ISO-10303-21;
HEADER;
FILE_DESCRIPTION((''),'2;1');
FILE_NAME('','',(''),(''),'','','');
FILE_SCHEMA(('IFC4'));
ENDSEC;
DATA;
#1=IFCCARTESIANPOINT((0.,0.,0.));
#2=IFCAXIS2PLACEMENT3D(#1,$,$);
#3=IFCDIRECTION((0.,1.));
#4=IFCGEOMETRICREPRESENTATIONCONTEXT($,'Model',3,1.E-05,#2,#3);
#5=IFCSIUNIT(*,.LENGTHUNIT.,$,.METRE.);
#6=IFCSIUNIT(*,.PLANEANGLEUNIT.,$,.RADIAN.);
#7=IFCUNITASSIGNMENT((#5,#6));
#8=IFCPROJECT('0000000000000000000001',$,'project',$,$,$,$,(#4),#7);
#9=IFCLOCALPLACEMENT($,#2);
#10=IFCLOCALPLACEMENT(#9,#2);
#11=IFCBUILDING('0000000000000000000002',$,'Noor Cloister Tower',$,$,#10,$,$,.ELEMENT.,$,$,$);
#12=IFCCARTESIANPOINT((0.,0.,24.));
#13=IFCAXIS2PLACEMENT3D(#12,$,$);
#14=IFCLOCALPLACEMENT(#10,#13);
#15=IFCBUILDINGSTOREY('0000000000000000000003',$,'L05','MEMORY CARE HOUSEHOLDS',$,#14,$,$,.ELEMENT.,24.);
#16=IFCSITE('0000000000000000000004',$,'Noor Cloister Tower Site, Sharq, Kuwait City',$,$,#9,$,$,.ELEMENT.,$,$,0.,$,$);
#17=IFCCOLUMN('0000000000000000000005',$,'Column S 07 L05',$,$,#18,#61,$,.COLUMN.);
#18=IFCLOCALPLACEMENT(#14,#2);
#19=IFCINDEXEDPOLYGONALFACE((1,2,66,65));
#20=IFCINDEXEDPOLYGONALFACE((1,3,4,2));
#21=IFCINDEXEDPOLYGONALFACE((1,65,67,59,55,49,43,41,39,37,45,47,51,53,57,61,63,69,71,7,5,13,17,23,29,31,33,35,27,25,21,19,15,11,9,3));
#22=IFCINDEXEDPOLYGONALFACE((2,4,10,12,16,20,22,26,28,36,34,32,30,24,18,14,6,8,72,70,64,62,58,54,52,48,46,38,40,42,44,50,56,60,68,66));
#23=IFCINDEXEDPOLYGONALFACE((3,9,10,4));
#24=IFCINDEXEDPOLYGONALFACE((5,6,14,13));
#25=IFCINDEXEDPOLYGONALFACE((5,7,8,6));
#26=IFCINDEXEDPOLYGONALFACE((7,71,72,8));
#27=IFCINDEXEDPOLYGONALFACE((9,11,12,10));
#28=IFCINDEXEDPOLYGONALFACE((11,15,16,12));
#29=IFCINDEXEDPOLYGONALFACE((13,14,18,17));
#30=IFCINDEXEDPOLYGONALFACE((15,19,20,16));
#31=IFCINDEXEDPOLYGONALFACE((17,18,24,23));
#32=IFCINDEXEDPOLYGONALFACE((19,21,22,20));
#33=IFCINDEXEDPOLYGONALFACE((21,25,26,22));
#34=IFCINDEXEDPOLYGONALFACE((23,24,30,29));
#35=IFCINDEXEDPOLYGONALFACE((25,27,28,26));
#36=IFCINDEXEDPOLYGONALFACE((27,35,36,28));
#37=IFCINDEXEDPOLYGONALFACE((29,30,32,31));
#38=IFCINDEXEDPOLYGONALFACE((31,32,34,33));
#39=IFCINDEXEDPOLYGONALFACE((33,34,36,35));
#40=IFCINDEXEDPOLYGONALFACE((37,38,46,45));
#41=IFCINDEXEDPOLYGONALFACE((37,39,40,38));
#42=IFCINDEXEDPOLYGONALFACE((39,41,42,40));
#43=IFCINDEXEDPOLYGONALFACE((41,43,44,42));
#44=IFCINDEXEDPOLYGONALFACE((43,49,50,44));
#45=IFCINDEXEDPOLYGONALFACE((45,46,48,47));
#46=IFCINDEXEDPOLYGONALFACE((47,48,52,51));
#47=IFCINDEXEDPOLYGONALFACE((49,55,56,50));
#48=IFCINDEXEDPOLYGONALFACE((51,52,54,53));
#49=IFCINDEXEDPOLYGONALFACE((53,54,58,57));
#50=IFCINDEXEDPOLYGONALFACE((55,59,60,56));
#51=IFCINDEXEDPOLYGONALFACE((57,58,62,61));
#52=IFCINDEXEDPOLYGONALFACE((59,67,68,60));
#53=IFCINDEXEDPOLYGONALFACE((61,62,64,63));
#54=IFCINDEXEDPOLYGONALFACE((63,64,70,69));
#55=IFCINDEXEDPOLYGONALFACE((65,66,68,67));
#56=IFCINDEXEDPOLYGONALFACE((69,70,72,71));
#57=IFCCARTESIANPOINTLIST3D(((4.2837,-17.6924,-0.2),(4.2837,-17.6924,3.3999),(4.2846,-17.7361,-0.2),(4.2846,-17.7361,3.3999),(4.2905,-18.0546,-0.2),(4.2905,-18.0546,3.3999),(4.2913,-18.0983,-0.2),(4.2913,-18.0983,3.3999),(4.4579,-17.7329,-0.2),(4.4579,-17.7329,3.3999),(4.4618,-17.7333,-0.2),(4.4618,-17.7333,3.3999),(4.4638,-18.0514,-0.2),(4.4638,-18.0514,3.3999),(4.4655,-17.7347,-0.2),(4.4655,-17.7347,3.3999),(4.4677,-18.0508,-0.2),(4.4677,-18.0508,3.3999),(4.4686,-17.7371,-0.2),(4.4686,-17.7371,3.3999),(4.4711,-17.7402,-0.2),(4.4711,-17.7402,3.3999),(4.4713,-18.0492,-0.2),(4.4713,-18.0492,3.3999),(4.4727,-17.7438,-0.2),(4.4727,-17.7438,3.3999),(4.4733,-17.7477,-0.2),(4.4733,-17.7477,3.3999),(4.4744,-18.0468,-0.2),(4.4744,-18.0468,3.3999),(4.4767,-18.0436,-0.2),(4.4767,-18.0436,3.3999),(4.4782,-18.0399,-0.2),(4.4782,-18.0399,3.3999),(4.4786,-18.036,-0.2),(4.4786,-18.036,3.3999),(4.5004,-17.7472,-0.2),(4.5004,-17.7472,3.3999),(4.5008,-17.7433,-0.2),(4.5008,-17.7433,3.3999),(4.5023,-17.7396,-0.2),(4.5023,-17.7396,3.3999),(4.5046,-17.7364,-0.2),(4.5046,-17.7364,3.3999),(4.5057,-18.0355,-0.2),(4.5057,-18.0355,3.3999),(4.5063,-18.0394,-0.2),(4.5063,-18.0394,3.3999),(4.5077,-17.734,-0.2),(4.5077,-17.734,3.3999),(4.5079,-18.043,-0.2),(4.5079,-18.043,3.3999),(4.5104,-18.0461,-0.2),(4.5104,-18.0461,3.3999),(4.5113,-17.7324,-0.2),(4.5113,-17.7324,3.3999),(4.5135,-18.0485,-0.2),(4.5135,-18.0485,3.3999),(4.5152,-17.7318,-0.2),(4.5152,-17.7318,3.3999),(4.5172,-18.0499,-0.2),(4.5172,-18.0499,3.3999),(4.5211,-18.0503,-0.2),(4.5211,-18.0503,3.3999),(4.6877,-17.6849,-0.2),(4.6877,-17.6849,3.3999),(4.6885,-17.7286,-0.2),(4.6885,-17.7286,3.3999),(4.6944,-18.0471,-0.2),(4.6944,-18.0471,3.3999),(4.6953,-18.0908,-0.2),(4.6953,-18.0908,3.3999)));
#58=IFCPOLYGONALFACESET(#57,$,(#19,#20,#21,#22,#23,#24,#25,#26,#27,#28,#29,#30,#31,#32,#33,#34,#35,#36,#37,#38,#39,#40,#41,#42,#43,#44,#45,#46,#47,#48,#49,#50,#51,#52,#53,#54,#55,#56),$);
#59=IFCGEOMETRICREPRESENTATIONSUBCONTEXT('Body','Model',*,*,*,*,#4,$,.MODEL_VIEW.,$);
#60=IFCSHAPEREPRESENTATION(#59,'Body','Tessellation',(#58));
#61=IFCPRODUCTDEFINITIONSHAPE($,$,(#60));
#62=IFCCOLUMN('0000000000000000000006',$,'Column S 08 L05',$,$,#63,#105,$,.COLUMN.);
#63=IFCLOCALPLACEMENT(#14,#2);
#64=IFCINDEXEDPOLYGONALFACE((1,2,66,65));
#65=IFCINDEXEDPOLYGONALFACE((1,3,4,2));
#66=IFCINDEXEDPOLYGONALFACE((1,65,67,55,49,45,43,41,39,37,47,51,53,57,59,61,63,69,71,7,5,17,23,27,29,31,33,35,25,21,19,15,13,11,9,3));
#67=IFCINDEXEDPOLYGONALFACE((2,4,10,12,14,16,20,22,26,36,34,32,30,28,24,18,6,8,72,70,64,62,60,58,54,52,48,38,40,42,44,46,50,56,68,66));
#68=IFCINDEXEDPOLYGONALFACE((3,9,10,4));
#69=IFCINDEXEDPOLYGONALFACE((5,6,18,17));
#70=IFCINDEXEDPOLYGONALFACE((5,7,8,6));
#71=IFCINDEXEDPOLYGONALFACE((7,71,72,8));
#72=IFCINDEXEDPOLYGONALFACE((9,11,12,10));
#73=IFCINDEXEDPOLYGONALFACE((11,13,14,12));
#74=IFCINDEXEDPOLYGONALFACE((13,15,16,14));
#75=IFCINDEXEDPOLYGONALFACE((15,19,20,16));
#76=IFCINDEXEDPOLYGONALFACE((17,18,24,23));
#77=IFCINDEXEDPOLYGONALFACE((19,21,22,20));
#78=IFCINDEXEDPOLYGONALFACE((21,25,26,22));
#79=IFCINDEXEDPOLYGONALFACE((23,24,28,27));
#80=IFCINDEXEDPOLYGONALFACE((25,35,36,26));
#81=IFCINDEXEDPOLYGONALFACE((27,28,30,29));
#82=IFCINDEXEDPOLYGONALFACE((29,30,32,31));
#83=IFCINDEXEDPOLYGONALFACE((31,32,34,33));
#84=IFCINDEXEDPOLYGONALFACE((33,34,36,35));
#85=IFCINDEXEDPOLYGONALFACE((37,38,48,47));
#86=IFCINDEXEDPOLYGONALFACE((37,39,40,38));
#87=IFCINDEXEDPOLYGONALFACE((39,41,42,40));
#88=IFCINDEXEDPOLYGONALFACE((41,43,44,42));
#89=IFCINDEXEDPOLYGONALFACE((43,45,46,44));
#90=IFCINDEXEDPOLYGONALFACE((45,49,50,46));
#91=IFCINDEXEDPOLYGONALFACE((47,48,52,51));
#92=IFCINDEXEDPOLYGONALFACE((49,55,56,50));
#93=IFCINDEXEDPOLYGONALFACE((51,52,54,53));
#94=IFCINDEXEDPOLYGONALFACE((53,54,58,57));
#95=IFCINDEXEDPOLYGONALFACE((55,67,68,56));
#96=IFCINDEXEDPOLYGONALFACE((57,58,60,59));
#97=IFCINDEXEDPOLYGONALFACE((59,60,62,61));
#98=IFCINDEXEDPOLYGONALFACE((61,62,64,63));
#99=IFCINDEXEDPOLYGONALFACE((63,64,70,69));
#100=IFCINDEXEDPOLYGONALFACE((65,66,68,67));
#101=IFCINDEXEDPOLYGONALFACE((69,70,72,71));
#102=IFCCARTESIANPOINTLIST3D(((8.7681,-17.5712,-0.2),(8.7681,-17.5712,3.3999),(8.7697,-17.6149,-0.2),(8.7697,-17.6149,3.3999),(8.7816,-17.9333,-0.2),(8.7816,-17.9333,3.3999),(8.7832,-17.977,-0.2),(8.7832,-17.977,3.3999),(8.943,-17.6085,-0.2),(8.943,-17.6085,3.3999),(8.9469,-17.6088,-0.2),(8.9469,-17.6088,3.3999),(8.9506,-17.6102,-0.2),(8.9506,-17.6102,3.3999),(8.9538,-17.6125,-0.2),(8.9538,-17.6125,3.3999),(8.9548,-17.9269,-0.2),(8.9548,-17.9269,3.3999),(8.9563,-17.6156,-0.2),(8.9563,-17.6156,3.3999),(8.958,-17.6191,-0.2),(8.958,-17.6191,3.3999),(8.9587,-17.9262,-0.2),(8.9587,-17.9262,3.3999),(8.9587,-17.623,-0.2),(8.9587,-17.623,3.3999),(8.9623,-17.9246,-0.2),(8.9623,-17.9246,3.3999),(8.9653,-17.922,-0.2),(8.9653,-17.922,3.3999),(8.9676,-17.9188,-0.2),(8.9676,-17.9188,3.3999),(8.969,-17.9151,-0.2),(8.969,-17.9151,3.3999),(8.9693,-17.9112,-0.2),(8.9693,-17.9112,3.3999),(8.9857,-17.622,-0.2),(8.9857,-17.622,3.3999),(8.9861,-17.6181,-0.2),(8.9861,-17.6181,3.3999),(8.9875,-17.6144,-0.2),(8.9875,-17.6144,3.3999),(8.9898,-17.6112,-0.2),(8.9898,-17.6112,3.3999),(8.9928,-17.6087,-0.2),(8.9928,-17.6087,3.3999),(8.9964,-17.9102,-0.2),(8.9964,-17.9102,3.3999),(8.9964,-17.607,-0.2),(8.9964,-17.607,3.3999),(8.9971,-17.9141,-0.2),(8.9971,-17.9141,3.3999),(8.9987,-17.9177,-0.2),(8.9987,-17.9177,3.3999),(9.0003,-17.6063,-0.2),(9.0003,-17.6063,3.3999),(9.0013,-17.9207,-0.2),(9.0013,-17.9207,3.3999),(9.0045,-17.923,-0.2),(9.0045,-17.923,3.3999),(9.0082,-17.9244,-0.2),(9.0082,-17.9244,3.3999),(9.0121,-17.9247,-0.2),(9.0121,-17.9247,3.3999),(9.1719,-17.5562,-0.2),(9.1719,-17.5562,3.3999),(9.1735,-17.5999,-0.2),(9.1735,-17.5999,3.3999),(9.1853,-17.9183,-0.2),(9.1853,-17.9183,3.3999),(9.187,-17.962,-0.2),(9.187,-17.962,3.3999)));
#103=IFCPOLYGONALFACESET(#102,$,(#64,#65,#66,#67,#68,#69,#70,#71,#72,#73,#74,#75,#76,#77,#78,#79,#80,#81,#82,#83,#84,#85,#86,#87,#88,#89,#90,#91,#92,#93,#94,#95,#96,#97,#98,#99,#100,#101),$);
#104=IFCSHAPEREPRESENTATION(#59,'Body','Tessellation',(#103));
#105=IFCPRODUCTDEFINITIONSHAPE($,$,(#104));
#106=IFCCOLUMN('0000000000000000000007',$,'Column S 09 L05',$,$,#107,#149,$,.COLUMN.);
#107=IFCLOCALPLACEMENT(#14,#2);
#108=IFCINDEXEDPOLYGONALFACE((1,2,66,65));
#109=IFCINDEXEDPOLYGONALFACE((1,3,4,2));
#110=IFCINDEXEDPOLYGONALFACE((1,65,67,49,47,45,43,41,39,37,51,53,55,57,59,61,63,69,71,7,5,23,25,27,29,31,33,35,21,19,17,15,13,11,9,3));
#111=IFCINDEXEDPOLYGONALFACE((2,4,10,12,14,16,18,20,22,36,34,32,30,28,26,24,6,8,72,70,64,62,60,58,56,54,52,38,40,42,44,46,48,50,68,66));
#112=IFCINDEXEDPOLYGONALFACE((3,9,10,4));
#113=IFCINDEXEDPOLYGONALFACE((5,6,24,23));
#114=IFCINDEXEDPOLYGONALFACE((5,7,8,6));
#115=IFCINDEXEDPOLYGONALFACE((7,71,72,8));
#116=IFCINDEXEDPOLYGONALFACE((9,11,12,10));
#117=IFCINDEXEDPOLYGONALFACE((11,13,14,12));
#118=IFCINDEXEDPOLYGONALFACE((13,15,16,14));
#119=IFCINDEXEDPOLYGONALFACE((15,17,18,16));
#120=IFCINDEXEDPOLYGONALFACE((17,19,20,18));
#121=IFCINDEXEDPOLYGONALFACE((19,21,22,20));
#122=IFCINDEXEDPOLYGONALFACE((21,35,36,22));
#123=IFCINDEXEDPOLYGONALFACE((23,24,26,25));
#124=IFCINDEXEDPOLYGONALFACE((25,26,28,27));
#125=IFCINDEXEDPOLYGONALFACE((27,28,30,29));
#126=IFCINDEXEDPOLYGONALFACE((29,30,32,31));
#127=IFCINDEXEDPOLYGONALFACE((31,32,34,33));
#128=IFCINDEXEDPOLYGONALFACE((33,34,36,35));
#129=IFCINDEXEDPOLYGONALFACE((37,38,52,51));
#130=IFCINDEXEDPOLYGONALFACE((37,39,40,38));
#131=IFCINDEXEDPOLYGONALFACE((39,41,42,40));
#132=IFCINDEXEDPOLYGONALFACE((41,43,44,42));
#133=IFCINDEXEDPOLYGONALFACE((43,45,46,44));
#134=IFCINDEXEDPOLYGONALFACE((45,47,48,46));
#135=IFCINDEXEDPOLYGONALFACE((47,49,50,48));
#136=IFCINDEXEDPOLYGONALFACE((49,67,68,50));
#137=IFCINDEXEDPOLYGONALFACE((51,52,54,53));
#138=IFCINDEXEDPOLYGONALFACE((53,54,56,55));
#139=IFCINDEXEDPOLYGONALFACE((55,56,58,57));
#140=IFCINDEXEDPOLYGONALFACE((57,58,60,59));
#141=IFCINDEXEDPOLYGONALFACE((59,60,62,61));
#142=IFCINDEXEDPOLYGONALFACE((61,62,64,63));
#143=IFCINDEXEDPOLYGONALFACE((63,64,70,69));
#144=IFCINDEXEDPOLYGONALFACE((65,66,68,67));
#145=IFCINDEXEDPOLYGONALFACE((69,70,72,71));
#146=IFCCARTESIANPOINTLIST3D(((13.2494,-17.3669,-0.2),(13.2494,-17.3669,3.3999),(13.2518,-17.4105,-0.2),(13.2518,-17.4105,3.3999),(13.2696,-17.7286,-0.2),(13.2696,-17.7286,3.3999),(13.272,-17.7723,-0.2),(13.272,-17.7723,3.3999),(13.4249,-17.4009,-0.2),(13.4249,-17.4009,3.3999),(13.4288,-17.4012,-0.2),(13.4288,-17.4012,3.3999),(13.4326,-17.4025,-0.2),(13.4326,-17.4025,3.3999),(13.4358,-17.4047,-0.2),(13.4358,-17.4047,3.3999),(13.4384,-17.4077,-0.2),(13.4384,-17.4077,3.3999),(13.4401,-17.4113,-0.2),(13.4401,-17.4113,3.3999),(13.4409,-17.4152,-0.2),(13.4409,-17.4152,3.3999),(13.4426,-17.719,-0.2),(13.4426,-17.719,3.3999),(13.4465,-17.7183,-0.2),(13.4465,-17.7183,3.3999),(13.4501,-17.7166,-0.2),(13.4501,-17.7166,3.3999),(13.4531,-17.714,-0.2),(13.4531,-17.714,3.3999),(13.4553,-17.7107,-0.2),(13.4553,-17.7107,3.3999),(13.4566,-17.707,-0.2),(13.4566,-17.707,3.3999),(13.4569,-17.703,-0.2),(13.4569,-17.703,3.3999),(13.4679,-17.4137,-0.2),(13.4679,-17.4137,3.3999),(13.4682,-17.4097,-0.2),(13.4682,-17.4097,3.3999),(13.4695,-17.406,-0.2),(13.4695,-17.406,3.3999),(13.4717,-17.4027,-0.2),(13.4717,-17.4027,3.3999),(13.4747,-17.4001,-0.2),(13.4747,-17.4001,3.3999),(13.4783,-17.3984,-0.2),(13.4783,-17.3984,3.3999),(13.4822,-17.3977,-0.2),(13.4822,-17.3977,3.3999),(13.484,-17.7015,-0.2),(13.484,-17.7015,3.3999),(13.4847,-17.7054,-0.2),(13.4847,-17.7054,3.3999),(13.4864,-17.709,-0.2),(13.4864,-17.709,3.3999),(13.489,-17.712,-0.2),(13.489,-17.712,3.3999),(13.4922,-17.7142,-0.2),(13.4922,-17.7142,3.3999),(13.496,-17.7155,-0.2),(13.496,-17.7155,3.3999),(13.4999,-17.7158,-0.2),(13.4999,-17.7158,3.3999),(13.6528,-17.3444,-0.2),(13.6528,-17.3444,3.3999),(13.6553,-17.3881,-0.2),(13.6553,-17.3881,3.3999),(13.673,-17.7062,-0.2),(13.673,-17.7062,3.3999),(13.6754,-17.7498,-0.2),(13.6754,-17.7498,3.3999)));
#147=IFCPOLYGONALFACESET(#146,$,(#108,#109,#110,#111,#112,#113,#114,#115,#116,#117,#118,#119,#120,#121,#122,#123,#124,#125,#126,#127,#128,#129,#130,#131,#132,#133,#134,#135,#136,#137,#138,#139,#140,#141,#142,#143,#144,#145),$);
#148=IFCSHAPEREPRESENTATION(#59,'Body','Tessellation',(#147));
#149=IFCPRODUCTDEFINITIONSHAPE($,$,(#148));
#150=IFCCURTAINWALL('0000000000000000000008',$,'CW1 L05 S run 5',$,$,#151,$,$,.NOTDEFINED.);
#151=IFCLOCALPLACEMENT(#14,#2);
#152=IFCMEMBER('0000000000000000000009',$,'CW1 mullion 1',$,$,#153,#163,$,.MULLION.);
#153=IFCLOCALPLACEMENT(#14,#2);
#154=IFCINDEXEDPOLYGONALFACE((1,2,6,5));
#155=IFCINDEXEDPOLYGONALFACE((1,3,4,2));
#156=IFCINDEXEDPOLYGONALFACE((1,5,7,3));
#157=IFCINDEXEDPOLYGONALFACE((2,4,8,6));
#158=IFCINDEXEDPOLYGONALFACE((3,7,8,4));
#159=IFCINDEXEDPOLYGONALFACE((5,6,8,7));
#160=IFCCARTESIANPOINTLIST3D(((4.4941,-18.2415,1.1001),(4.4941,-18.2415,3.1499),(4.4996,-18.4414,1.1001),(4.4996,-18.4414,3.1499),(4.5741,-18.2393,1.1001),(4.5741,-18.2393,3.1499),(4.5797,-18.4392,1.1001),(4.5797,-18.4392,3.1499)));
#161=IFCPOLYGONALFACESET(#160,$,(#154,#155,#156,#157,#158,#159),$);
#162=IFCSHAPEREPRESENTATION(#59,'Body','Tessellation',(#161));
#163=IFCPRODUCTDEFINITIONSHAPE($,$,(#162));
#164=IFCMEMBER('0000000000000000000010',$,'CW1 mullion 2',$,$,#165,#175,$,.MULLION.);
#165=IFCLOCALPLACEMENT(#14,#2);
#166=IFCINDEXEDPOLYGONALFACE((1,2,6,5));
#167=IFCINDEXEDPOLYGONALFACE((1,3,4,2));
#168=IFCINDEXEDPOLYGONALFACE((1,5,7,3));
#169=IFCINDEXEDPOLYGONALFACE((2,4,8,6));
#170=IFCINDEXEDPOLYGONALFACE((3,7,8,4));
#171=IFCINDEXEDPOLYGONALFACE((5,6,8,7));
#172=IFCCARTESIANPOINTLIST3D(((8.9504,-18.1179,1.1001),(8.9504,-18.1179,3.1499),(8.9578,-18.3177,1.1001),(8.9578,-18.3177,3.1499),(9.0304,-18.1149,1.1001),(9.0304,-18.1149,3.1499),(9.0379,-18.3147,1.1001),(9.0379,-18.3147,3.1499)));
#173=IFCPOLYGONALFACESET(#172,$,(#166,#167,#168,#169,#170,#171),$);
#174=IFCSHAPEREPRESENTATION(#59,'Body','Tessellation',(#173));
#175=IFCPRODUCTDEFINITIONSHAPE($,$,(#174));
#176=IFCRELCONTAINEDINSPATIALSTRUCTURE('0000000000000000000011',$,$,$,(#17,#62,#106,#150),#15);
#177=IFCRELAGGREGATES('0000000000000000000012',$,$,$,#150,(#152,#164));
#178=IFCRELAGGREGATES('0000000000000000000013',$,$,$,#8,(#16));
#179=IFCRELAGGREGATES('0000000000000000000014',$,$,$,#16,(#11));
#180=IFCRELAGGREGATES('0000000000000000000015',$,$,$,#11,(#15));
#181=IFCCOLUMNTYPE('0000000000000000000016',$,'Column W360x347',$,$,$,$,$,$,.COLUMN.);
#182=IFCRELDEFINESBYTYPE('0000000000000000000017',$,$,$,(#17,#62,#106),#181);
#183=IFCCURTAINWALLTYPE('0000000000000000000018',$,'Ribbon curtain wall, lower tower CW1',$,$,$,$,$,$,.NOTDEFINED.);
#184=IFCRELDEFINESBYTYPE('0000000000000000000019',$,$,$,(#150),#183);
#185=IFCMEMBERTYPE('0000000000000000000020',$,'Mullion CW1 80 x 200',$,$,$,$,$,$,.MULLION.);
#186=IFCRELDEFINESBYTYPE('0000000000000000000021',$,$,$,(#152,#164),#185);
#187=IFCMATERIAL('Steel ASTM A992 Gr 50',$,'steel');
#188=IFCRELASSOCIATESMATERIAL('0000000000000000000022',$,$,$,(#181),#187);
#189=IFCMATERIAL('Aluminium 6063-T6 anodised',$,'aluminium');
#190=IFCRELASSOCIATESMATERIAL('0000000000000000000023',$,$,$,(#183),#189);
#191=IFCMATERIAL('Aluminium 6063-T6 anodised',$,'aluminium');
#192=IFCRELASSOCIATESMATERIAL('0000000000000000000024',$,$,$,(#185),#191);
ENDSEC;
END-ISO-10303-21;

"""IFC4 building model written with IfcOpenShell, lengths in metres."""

from ifc_helpers import new_model, si_unit, direction, frame, origin, origin_2d, place, context, subcontext, project, spatial, rectangle, i_section, extrude, material, material_profile, profile_set, type_object, element, aggregate, save


model = new_model("IFC4")

# Units and contexts
model_context = context("Model", 3, precision=1e-05, world=origin(), true_north=direction((0.0, 1.0)))
body_context = subcontext(model_context, "Body", "Model", "MODEL_VIEW")
ifc_project = project(units=[si_unit("LENGTHUNIT", "METRE"), si_unit("PLANEANGLEUNIT", "RADIAN")], contexts=[model_context])

# Site, building, storey
site_placement = place(None, origin())
site = spatial("IfcSite", under=ifc_project, at=site_placement, Name="Noor Cloister Tower Site, Sharq, Kuwait City", CompositionType="ELEMENT", RefElevation=0.0)
building_placement = place(site_placement, origin())
building = spatial("IfcBuilding", under=site, at=building_placement, Name="Noor Cloister Tower", CompositionType="ELEMENT")
storey_placement = place(building_placement, frame((0.0, 0.0, 24.0)))
storey = spatial("IfcBuildingStorey", under=building, at=storey_placement, Name="L05", Description="MEMORY CARE HOUSEHOLDS", CompositionType="ELEMENT", Elevation=24.0)

# Columns
ifc_material_1 = material(Name="Steel ASTM A992 Gr 50", Category="steel")
ifc_material_profile_1 = material_profile(ifc_material_1, i_section(OverallWidth=0.4041, OverallDepth=0.406, WebThickness=0.0271, FlangeThickness=0.0437, FilletRadius=0.0151, at=origin_2d()), Name="W360x347")
ifc_profile_set_1 = profile_set([ifc_material_profile_1], Name="Steel ASTM A992 Gr 50")
column_type = type_object("IfcColumnType", Name="Column W360x347", PredefinedType="COLUMN", material=ifc_profile_set_1)
for number, where, z_axis, x_axis, name in (
    (1, (4.4895, -17.8916, -0.2), (0.0, 0.0, 1.0), (0.999828, 0.018553, 0.0), "Column S 07 L05"),
    (2, (8.9775, -17.7666, -0.2), (0.0, 0.0, 1.0), (0.999312, 0.037099, 0.0), "Column S 08 L05"),
    (3, (13.4624, -17.5583, -0.2), (0.0, 0.0, 1.0), (0.998451, 0.055633, 0.0), "Column S 09 L05"),
):
    element("IfcColumn", number, at=place(storey_placement, frame(where, z_axis=z_axis, x_axis=x_axis)), inside=storey, type_object=column_type, Name=name, PredefinedType="COLUMN", context=body_context, shape_type="SweptSolid", body=[
        extrude(i_section(OverallWidth=0.4041, OverallDepth=0.406, WebThickness=0.0271, FlangeThickness=0.0437, FilletRadius=0.0151, at=origin_2d()), origin(), (0.0, 0.0, 1.0), 3.5999),
    ])

# Curtain wall, members
ifc_material_2 = material(Name="Aluminium 6063-T6 anodised", Category="aluminium")
curtain_wall_type = type_object("IfcCurtainWallType", Name="Ribbon curtain wall, lower tower CW1", PredefinedType="NOTDEFINED", material=ifc_material_2)
curtain_wall_placement = place(storey_placement, origin())
curtain_wall = element("IfcCurtainWall", 4, at=curtain_wall_placement, inside=storey, type_object=curtain_wall_type, Name="CW1 L05 S run 5", PredefinedType="NOTDEFINED")
ifc_material_3 = material(Name="Aluminium 6063-T6 anodised", Category="aluminium")
ifc_material_profile_2 = material_profile(ifc_material_3, rectangle(XDim=0.2, YDim=0.0801, at=origin_2d()), Name="200 x 80 mullion")
ifc_profile_set_2 = profile_set([ifc_material_profile_2], Name="Aluminium 6063-T6 anodised")
member_type = type_object("IfcMemberType", Name="Mullion CW1 80 x 200", PredefinedType="MULLION", material=ifc_profile_set_2)
member_1_placement = place(storey_placement, frame((4.5369, -18.3403, 1.1001), z_axis=(0.0, 0.0, 1.0), x_axis=(-0.027827, 0.999613, 0.0)))
member_1 = element("IfcMember", 5, at=member_1_placement, type_object=member_type, Name="CW1 mullion 1", PredefinedType="MULLION", context=body_context, shape_type="SweptSolid", body=[
    extrude(rectangle(XDim=0.2, YDim=0.0801, at=origin_2d()), origin(), (0.0, 0.0, 1.0), 2.0498),
])
member_2_placement = place(storey_placement, frame((8.9941, -18.2163, 1.1001), z_axis=(0.0, 0.0, 1.0), x_axis=(-0.037099, 0.999312, 0.0)))
member_2 = element("IfcMember", 6, at=member_2_placement, type_object=member_type, Name="CW1 mullion 2", PredefinedType="MULLION", context=body_context, shape_type="SweptSolid", body=[
    extrude(rectangle(XDim=0.2, YDim=0.0801, at=origin_2d()), origin(), (0.0, 0.0, 1.0), 2.0498),
])

aggregate(curtain_wall, [member_1, member_2])

save(model, "model.ifc")
